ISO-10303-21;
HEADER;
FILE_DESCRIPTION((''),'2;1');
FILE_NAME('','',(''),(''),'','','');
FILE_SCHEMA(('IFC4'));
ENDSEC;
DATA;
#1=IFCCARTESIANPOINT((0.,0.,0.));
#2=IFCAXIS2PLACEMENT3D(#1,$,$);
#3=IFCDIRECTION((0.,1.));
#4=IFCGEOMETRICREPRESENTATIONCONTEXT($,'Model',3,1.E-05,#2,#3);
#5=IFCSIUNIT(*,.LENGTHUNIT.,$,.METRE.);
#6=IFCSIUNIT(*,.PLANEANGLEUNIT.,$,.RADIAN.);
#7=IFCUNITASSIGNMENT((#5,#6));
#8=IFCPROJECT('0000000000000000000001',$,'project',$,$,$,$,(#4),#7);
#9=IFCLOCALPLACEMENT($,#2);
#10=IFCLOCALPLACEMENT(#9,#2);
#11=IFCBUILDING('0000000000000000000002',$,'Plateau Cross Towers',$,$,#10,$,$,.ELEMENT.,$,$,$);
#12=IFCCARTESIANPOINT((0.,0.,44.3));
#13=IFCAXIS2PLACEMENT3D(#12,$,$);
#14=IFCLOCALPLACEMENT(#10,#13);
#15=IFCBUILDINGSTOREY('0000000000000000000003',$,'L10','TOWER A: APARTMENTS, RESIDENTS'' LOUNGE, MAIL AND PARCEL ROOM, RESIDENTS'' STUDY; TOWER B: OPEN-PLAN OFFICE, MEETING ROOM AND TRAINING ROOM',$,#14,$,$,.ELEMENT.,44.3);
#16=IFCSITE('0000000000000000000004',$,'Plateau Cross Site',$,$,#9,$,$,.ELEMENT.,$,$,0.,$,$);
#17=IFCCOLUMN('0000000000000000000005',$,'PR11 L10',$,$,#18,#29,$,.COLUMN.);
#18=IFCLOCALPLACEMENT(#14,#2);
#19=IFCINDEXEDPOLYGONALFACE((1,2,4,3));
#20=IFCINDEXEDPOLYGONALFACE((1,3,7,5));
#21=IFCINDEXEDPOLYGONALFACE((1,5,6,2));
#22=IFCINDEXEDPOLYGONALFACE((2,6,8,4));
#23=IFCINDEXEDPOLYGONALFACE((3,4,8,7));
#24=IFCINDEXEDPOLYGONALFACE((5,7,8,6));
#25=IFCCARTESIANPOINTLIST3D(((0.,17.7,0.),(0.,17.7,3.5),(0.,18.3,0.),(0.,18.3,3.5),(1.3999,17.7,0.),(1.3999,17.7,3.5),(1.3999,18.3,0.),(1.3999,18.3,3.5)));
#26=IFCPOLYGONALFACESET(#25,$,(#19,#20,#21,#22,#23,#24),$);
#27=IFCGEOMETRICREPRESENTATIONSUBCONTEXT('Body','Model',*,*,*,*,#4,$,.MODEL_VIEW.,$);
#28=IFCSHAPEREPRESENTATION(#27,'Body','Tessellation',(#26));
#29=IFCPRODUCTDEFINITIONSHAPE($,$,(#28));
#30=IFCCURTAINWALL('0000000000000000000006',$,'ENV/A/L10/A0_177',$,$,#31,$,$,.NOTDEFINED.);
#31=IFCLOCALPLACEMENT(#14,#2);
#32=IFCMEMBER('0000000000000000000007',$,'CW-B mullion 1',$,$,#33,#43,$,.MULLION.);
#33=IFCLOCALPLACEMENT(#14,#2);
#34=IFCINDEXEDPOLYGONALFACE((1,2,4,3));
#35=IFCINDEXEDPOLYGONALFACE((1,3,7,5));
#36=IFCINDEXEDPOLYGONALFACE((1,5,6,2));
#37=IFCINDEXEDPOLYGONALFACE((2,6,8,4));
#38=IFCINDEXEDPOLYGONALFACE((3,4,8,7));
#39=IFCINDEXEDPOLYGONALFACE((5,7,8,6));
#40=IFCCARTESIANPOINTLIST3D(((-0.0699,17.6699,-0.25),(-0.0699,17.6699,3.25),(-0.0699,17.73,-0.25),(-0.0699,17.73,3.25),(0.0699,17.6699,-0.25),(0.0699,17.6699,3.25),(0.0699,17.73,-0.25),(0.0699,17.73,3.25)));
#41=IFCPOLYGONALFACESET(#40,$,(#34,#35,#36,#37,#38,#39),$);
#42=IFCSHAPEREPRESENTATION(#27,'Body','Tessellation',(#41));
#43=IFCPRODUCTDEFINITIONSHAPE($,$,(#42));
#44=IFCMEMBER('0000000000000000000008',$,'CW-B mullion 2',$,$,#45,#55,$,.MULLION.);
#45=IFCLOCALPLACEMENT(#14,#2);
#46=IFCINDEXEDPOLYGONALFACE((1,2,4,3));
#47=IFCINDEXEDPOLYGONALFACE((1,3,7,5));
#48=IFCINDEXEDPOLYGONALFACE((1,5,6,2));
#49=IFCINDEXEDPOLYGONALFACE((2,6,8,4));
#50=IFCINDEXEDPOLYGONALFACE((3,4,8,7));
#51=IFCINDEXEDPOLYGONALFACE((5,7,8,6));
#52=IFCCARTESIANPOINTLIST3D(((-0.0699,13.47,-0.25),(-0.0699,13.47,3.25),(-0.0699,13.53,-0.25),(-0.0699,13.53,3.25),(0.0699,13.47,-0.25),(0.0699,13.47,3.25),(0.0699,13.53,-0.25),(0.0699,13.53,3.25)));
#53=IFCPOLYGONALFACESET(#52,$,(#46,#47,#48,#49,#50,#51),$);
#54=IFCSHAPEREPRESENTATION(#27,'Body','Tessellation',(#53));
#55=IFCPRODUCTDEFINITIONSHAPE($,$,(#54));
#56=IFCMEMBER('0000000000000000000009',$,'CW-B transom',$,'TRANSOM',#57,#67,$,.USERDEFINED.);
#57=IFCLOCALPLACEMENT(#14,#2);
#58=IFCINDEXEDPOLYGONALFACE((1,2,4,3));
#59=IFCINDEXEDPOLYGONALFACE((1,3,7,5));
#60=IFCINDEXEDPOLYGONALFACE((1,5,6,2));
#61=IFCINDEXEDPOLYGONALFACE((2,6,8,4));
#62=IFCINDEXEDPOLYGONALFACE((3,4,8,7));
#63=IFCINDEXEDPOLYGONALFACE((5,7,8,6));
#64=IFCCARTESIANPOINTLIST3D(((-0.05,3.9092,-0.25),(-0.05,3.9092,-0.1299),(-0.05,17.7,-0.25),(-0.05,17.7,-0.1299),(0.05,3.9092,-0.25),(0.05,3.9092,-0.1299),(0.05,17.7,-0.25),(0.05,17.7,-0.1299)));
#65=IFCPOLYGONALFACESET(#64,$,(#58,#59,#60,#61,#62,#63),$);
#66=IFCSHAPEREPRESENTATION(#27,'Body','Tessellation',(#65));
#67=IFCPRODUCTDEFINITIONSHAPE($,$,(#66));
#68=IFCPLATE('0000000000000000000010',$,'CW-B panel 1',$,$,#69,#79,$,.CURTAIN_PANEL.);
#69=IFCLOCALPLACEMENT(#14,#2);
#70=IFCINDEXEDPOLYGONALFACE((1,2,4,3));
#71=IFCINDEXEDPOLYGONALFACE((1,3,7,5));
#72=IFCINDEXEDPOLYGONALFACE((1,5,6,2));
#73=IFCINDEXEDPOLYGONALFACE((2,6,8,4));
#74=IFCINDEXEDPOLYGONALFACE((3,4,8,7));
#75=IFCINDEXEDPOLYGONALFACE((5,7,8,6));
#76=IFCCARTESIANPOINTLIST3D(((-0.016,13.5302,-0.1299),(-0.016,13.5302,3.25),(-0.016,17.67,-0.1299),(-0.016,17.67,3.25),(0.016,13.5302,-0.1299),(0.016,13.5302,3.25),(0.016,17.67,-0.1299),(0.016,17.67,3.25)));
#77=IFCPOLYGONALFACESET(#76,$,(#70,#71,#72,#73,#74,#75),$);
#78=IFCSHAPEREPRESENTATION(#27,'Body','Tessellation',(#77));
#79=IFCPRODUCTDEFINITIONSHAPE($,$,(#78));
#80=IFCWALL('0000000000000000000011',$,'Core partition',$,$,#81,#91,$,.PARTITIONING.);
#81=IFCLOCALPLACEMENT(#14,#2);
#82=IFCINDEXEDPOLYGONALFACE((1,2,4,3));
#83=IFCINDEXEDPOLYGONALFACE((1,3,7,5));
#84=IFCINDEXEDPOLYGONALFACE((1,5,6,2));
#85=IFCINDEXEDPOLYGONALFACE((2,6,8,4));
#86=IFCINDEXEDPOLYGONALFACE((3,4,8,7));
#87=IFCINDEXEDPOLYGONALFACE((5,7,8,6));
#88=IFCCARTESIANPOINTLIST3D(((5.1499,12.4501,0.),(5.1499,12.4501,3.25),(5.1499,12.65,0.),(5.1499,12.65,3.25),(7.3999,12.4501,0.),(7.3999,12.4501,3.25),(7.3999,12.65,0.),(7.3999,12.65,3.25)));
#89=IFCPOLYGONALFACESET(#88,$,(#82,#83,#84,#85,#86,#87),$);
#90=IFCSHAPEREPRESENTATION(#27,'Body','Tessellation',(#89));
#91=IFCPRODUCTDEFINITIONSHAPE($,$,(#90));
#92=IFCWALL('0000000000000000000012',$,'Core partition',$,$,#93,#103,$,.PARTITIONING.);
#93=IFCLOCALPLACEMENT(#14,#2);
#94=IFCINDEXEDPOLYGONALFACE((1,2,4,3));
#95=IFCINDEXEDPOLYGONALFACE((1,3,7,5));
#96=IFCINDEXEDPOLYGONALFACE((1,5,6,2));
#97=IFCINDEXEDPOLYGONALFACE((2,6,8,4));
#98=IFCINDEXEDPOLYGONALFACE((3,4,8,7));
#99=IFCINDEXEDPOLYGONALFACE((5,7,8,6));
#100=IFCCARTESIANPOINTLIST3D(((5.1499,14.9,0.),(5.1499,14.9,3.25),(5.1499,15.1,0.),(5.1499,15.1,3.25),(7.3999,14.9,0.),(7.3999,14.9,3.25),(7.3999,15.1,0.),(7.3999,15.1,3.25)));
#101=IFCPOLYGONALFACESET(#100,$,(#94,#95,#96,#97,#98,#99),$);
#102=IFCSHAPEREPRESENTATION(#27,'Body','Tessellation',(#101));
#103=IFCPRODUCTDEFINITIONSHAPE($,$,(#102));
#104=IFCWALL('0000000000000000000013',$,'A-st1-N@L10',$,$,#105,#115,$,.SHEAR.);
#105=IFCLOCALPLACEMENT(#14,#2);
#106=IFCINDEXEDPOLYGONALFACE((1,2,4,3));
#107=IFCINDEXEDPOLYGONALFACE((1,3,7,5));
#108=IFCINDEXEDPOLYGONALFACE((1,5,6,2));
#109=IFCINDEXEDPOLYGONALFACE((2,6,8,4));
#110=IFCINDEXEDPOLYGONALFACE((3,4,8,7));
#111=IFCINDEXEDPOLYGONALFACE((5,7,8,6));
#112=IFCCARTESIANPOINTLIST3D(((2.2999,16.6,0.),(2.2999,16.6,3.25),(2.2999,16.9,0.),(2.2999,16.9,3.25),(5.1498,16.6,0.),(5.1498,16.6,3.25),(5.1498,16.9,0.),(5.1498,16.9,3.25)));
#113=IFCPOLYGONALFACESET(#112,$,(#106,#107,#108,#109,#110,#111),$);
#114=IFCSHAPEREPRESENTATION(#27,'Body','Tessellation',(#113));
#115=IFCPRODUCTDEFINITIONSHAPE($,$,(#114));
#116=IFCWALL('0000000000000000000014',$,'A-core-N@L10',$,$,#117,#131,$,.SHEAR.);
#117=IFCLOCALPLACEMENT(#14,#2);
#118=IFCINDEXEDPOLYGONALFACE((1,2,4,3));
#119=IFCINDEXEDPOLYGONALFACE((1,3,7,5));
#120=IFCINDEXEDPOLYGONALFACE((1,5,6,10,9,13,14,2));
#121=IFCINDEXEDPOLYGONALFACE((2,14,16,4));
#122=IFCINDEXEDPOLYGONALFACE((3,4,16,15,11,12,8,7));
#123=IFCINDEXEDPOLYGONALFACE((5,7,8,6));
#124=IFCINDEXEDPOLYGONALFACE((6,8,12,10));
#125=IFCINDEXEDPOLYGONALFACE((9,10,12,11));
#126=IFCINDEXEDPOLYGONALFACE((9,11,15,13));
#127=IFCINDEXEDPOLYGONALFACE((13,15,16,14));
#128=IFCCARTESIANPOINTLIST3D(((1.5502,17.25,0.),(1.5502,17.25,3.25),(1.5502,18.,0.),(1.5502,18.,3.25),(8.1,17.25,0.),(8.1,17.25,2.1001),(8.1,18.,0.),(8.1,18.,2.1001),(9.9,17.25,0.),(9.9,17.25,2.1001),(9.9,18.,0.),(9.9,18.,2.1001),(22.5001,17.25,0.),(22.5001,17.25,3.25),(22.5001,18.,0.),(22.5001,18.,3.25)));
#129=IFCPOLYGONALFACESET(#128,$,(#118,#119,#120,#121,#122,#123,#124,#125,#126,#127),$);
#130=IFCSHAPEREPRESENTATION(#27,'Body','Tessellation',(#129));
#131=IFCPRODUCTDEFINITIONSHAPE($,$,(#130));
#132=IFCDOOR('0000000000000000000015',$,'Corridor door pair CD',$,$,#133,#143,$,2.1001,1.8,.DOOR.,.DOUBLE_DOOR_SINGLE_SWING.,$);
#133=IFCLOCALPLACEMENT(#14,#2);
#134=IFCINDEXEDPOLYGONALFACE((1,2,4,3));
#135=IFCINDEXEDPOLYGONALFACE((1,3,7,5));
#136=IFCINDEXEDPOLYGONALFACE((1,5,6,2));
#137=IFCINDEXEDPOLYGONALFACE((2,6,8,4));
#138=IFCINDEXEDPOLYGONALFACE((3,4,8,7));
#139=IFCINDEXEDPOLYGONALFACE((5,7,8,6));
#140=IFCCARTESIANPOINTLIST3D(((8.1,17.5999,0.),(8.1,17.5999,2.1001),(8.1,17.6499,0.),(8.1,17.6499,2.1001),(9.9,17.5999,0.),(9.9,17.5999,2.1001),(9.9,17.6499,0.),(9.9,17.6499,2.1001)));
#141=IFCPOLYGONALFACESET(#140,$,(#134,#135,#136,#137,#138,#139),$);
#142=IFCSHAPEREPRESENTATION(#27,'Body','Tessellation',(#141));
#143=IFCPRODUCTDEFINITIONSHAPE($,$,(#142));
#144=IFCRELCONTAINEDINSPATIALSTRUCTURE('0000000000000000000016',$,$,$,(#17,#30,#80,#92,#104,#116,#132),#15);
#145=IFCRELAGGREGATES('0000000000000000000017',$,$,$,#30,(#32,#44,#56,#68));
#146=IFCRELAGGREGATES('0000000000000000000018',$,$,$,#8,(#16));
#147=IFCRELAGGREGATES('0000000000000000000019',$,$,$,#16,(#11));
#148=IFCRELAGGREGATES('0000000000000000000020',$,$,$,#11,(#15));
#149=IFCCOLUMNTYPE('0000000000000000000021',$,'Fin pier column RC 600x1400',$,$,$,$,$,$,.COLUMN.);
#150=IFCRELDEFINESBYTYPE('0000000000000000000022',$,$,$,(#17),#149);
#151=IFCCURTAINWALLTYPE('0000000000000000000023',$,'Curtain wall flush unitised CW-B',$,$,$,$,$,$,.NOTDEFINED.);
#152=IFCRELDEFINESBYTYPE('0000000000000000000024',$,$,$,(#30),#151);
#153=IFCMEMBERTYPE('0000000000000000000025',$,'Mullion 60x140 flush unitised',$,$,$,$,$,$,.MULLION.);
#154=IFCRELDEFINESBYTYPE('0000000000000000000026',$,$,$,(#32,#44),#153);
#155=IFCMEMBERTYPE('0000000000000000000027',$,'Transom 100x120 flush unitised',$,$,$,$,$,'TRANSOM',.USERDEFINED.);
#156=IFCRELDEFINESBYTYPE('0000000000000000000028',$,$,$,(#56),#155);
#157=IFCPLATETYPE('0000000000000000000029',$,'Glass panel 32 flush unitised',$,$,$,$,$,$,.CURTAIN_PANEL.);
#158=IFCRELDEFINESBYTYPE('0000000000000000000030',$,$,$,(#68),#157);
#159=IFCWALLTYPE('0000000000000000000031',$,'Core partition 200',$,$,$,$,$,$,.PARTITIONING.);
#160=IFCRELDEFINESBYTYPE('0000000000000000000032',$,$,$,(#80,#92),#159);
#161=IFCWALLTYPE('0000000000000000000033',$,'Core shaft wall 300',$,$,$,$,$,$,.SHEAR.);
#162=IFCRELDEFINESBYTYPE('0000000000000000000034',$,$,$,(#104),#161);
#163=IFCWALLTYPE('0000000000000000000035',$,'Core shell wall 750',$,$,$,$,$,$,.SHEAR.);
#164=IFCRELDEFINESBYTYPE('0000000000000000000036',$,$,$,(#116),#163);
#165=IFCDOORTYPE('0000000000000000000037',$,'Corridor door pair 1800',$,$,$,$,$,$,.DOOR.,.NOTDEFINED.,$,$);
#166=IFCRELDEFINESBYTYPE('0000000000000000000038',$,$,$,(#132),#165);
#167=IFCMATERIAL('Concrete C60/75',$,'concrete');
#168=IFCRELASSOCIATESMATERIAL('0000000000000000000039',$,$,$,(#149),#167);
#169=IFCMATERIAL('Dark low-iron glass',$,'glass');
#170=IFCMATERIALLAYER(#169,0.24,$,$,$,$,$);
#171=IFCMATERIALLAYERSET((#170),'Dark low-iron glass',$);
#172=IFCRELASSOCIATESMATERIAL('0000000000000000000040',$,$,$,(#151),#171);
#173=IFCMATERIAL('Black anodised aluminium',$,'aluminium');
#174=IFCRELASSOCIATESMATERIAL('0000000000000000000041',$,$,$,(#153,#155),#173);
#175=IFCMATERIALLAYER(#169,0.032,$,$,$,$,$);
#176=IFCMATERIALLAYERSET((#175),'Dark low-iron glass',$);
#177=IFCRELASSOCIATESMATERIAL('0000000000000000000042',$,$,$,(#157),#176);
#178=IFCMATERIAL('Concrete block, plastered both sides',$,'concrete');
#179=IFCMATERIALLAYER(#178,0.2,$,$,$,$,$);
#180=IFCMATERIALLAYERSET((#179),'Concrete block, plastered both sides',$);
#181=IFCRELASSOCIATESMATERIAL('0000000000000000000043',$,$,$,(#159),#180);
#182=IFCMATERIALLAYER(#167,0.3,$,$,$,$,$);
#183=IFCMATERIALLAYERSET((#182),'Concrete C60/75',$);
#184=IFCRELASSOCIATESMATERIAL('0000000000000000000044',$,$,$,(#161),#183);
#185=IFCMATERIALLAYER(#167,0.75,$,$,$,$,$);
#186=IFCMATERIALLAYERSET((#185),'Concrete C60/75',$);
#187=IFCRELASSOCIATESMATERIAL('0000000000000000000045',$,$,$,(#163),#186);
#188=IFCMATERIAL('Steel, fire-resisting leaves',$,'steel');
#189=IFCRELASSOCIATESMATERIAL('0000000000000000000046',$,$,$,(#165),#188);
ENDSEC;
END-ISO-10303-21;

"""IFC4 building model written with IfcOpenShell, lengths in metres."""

from ifc_helpers import new_model, si_unit, direction, frame, frame_2d, origin, origin_2d, place, context, subcontext, project, spatial, rectangle, extrude, material, layer, layer_set, material_profile, profile_set, type_object, element, fill, aggregate, save


model = new_model("IFC4")

# Units and contexts
model_context = context("Model", 3, precision=1e-05, world=origin(), true_north=direction((0.0, 1.0)))
body_context = subcontext(model_context, "Body", "Model", "MODEL_VIEW")
ifc_project = project(units=[si_unit("LENGTHUNIT", "METRE"), si_unit("PLANEANGLEUNIT", "RADIAN")], contexts=[model_context])

# Site, building, storey
site_placement = place(None, origin())
site = spatial("IfcSite", under=ifc_project, at=site_placement, Name="Plateau Cross Site", CompositionType="ELEMENT", RefElevation=0.0)
building_placement = place(site_placement, origin())
building = spatial("IfcBuilding", under=site, at=building_placement, Name="Plateau Cross Towers", CompositionType="ELEMENT")
storey_placement = place(building_placement, frame((0.0, 0.0, 44.3)))
storey = spatial("IfcBuildingStorey", under=building, at=storey_placement, Name="L10", Description="TOWER A: APARTMENTS, RESIDENTS' LOUNGE, MAIL AND PARCEL ROOM, RESIDENTS' STUDY; TOWER B: OPEN-PLAN OFFICE, MEETING ROOM AND TRAINING ROOM", CompositionType="ELEMENT", Elevation=44.3)

# Column
ifc_material_1 = material(Name="Concrete C60/75", Category="concrete")
ifc_material_profile_1 = material_profile(ifc_material_1, rectangle(XDim=0.6001, YDim=1.3999, at=origin_2d()), Name="RC 600x1400")
ifc_profile_set_1 = profile_set([ifc_material_profile_1], Name="Concrete C60/75")
column_type = type_object("IfcColumnType", Name="Fin pier column RC 600x1400", PredefinedType="COLUMN", material=ifc_profile_set_1)
column_placement = place(storey_placement, frame((0.7, 18.0, 0.0), z_axis=(0.0, 0.0, 1.0), x_axis=(0.0, 1.0, 0.0)))
element("IfcColumn", 1, at=column_placement, inside=storey, type_object=column_type, Name="PR11 L10", PredefinedType="COLUMN", context=body_context, shape_type="SweptSolid", body=[
    extrude(rectangle(XDim=0.6001, YDim=1.3999, at=origin_2d()), origin(), (0.0, 0.0, 1.0), 3.5),
])

# Curtain wall, members, plate
ifc_material_2 = material(Name="Dark low-iron glass", Category="glass")
ifc_layer_1 = layer(ifc_material_2, 0.24)
ifc_layer_set_1 = layer_set([ifc_layer_1], Name="Dark low-iron glass")
curtain_wall_type = type_object("IfcCurtainWallType", Name="Curtain wall flush unitised CW-B", PredefinedType="NOTDEFINED", material=ifc_layer_set_1)
curtain_wall_placement = place(storey_placement, origin())
curtain_wall = element("IfcCurtainWall", 2, at=curtain_wall_placement, inside=storey, type_object=curtain_wall_type, Name="ENV/A/L10/A0_177", PredefinedType="NOTDEFINED")
ifc_material_3 = material(Name="Black anodised aluminium", Category="aluminium")
ifc_material_profile_2 = material_profile(ifc_material_3, rectangle(XDim=0.0601, YDim=0.1399, at=origin_2d()), Name="MULLION 60x140")
ifc_profile_set_2 = profile_set([ifc_material_profile_2], Name="Black anodised aluminium")
member_type_1 = type_object("IfcMemberType", Name="Mullion 60x140 flush unitised", PredefinedType="MULLION", material=ifc_profile_set_2)
member_1_placement = place(storey_placement, frame((0.0, 17.7, -0.25), z_axis=(0.0, 0.0, 1.0), x_axis=(0.0, -1.0, 0.0)))
member_1 = element("IfcMember", 3, at=member_1_placement, type_object=member_type_1, Name="CW-B mullion 1", PredefinedType="MULLION", context=body_context, shape_type="SweptSolid", body=[
    extrude(rectangle(XDim=0.0601, YDim=0.1399, at=origin_2d()), origin(), (0.0, 0.0, 1.0), 3.5),
])
member_2_placement = place(storey_placement, frame((0.0, 13.5, -0.25), z_axis=(0.0, 0.0, 1.0), x_axis=(0.0, -1.0, 0.0)))
member_2 = element("IfcMember", 4, at=member_2_placement, type_object=member_type_1, Name="CW-B mullion 2", PredefinedType="MULLION", context=body_context, shape_type="SweptSolid", body=[
    extrude(rectangle(XDim=0.0601, YDim=0.1399, at=origin_2d()), origin(), (0.0, 0.0, 1.0), 3.5),
])
ifc_material_profile_3 = material_profile(ifc_material_3, rectangle(XDim=0.1001, YDim=0.1201, at=origin_2d()), Name="TRANSOM 100x120")
ifc_profile_set_3 = profile_set([ifc_material_profile_3], Name="Black anodised aluminium")
member_type_2 = type_object("IfcMemberType", Name="Transom 100x120 flush unitised", ElementType="TRANSOM", PredefinedType="USERDEFINED", material=ifc_profile_set_3)
member_3_placement = place(storey_placement, frame((0.0, 17.7, -0.1899), z_axis=(0.0, -1.0, 0.0), x_axis=(1.0, 0.0, 0.0)))
member_3 = element("IfcMember", 5, at=member_3_placement, type_object=member_type_2, Name="CW-B transom", ObjectType="TRANSOM", PredefinedType="USERDEFINED", context=body_context, shape_type="SweptSolid", body=[
    extrude(rectangle(XDim=0.1001, YDim=0.1201, at=origin_2d()), origin(), (0.0, 0.0, 1.0), 13.7908),
])
ifc_layer_2 = layer(ifc_material_2, 0.032)
ifc_layer_set_2 = layer_set([ifc_layer_2], Name="Dark low-iron glass")
plate_type = type_object("IfcPlateType", Name="Glass panel 32 flush unitised", PredefinedType="CURTAIN_PANEL", material=ifc_layer_set_2)
plate_placement = place(storey_placement, frame((0.0, 15.6001, -0.1299), z_axis=(0.0, 0.0, 1.0), x_axis=(0.0, -1.0, 0.0)))
plate = element("IfcPlate", 6, at=plate_placement, type_object=plate_type, Name="CW-B panel 1", PredefinedType="CURTAIN_PANEL", context=body_context, shape_type="SweptSolid", body=[
    extrude(rectangle(XDim=4.1399, YDim=0.032, at=origin_2d()), origin(), (0.0, 0.0, 1.0), 3.3799),
])
aggregate(curtain_wall, [member_1, member_2, member_3, plate])

# Walls
ifc_material_4 = material(Name="Concrete block, plastered both sides", Category="concrete")
ifc_layer_3 = layer(ifc_material_4, 0.2)
ifc_layer_set_3 = layer_set([ifc_layer_3], Name="Concrete block, plastered both sides")
wall_type_1 = type_object("IfcWallType", Name="Core partition 200", PredefinedType="PARTITIONING", material=ifc_layer_set_3)
for number, where, z_axis, x_axis, name in (
    (7, (5.1499, 12.55, 0.0), (0.0, 0.0, 1.0), (1.0, 0.0, 0.0), "Core partition"),
    (8, (5.1499, 15.0, 0.0), (0.0, 0.0, 1.0), (1.0, 0.0, 0.0), "Core partition"),
):
    element("IfcWall", number, at=place(storey_placement, frame(where, z_axis=z_axis, x_axis=x_axis)), inside=storey, type_object=wall_type_1, Name=name, PredefinedType="PARTITIONING", context=body_context, shape_type="SweptSolid", body=[
        extrude(rectangle(XDim=2.25, YDim=0.2, at=frame_2d((1.125, 0.0))), origin(), (0.0, 0.0, 1.0), 3.25),
    ])
ifc_layer_4 = layer(ifc_material_1, 0.3)
ifc_layer_set_4 = layer_set([ifc_layer_4], Name="Concrete C60/75")
wall_type_2 = type_object("IfcWallType", Name="Core shaft wall 300", PredefinedType="SHEAR", material=ifc_layer_set_4)
wall_1_placement = place(storey_placement, frame((2.3, 16.75, 0.0), z_axis=(0.0, 0.0, 1.0), x_axis=(1.0, 0.0, 0.0)))
element("IfcWall", 9, at=wall_1_placement, inside=storey, type_object=wall_type_2, Name="A-st1-N@L10", PredefinedType="SHEAR", context=body_context, shape_type="SweptSolid", body=[
    extrude(rectangle(XDim=2.8499, YDim=0.3, at=frame_2d((1.4248, 0.0))), origin(), (0.0, 0.0, 1.0), 3.25),
])

# Wall, opening, door
ifc_layer_5 = layer(ifc_material_1, 0.75)
ifc_layer_set_5 = layer_set([ifc_layer_5], Name="Concrete C60/75")
wall_type_3 = type_object("IfcWallType", Name="Core shell wall 750", PredefinedType="SHEAR", material=ifc_layer_set_5)
wall_2_placement = place(storey_placement, frame((1.55, 17.625, 0.0), z_axis=(0.0, 0.0, 1.0), x_axis=(1.0, 0.0, 0.0)))
wall_2 = element("IfcWall", 10, at=wall_2_placement, inside=storey, type_object=wall_type_3, Name="A-core-N@L10", PredefinedType="SHEAR", context=body_context, shape_type="SweptSolid", body=[
    extrude(rectangle(XDim=20.95, YDim=0.75, at=frame_2d((10.4751, 0.0))), origin(), (0.0, 0.0, 1.0), 3.25),
])
opening_1_placement = place(wall_2_placement, frame((6.55, 0.0, 0.0)))
opening_1 = element("IfcOpeningElement", 11, at=opening_1_placement, cuts=wall_2, PredefinedType="OPENING", context=body_context, shape_type="SweptSolid", body=[
    extrude(rectangle(XDim=1.8, YDim=2.1001, at=frame_2d((0.8999, 1.05))), frame((0.0, 0.385, 0.0), z_axis=(0.0, -1.0, 0.0), x_axis=(1.0, 0.0, 0.0)), (0.0, 0.0, 1.0), 0.77),
])
ifc_material_5 = material(Name="Steel, fire-resisting leaves", Category="steel")
door_type_1 = type_object("IfcDoorType", Name="Corridor door pair 1800", OperationType="NOTDEFINED", PredefinedType="DOOR", material=ifc_material_5)
door_1_placement = place(opening_1_placement, origin())
door_1 = element("IfcDoor", 12, at=door_1_placement, inside=storey, type_object=door_type_1, Name="Corridor door pair CD", OperationType="DOUBLE_DOOR_SINGLE_SWING", OverallHeight=2.1001, OverallWidth=1.8, PredefinedType="DOOR", context=body_context, shape_type="SweptSolid", body=[
    extrude(rectangle(XDim=1.8, YDim=2.1001, at=frame_2d((0.8999, 1.05))), frame((0.0, 0.0249, 0.0), z_axis=(0.0, -1.0, 0.0), x_axis=(1.0, 0.0, 0.0)), (0.0, 0.0, 1.0), 0.05),
])
fill(opening_1, door_1)

save(model, "model.ifc")
